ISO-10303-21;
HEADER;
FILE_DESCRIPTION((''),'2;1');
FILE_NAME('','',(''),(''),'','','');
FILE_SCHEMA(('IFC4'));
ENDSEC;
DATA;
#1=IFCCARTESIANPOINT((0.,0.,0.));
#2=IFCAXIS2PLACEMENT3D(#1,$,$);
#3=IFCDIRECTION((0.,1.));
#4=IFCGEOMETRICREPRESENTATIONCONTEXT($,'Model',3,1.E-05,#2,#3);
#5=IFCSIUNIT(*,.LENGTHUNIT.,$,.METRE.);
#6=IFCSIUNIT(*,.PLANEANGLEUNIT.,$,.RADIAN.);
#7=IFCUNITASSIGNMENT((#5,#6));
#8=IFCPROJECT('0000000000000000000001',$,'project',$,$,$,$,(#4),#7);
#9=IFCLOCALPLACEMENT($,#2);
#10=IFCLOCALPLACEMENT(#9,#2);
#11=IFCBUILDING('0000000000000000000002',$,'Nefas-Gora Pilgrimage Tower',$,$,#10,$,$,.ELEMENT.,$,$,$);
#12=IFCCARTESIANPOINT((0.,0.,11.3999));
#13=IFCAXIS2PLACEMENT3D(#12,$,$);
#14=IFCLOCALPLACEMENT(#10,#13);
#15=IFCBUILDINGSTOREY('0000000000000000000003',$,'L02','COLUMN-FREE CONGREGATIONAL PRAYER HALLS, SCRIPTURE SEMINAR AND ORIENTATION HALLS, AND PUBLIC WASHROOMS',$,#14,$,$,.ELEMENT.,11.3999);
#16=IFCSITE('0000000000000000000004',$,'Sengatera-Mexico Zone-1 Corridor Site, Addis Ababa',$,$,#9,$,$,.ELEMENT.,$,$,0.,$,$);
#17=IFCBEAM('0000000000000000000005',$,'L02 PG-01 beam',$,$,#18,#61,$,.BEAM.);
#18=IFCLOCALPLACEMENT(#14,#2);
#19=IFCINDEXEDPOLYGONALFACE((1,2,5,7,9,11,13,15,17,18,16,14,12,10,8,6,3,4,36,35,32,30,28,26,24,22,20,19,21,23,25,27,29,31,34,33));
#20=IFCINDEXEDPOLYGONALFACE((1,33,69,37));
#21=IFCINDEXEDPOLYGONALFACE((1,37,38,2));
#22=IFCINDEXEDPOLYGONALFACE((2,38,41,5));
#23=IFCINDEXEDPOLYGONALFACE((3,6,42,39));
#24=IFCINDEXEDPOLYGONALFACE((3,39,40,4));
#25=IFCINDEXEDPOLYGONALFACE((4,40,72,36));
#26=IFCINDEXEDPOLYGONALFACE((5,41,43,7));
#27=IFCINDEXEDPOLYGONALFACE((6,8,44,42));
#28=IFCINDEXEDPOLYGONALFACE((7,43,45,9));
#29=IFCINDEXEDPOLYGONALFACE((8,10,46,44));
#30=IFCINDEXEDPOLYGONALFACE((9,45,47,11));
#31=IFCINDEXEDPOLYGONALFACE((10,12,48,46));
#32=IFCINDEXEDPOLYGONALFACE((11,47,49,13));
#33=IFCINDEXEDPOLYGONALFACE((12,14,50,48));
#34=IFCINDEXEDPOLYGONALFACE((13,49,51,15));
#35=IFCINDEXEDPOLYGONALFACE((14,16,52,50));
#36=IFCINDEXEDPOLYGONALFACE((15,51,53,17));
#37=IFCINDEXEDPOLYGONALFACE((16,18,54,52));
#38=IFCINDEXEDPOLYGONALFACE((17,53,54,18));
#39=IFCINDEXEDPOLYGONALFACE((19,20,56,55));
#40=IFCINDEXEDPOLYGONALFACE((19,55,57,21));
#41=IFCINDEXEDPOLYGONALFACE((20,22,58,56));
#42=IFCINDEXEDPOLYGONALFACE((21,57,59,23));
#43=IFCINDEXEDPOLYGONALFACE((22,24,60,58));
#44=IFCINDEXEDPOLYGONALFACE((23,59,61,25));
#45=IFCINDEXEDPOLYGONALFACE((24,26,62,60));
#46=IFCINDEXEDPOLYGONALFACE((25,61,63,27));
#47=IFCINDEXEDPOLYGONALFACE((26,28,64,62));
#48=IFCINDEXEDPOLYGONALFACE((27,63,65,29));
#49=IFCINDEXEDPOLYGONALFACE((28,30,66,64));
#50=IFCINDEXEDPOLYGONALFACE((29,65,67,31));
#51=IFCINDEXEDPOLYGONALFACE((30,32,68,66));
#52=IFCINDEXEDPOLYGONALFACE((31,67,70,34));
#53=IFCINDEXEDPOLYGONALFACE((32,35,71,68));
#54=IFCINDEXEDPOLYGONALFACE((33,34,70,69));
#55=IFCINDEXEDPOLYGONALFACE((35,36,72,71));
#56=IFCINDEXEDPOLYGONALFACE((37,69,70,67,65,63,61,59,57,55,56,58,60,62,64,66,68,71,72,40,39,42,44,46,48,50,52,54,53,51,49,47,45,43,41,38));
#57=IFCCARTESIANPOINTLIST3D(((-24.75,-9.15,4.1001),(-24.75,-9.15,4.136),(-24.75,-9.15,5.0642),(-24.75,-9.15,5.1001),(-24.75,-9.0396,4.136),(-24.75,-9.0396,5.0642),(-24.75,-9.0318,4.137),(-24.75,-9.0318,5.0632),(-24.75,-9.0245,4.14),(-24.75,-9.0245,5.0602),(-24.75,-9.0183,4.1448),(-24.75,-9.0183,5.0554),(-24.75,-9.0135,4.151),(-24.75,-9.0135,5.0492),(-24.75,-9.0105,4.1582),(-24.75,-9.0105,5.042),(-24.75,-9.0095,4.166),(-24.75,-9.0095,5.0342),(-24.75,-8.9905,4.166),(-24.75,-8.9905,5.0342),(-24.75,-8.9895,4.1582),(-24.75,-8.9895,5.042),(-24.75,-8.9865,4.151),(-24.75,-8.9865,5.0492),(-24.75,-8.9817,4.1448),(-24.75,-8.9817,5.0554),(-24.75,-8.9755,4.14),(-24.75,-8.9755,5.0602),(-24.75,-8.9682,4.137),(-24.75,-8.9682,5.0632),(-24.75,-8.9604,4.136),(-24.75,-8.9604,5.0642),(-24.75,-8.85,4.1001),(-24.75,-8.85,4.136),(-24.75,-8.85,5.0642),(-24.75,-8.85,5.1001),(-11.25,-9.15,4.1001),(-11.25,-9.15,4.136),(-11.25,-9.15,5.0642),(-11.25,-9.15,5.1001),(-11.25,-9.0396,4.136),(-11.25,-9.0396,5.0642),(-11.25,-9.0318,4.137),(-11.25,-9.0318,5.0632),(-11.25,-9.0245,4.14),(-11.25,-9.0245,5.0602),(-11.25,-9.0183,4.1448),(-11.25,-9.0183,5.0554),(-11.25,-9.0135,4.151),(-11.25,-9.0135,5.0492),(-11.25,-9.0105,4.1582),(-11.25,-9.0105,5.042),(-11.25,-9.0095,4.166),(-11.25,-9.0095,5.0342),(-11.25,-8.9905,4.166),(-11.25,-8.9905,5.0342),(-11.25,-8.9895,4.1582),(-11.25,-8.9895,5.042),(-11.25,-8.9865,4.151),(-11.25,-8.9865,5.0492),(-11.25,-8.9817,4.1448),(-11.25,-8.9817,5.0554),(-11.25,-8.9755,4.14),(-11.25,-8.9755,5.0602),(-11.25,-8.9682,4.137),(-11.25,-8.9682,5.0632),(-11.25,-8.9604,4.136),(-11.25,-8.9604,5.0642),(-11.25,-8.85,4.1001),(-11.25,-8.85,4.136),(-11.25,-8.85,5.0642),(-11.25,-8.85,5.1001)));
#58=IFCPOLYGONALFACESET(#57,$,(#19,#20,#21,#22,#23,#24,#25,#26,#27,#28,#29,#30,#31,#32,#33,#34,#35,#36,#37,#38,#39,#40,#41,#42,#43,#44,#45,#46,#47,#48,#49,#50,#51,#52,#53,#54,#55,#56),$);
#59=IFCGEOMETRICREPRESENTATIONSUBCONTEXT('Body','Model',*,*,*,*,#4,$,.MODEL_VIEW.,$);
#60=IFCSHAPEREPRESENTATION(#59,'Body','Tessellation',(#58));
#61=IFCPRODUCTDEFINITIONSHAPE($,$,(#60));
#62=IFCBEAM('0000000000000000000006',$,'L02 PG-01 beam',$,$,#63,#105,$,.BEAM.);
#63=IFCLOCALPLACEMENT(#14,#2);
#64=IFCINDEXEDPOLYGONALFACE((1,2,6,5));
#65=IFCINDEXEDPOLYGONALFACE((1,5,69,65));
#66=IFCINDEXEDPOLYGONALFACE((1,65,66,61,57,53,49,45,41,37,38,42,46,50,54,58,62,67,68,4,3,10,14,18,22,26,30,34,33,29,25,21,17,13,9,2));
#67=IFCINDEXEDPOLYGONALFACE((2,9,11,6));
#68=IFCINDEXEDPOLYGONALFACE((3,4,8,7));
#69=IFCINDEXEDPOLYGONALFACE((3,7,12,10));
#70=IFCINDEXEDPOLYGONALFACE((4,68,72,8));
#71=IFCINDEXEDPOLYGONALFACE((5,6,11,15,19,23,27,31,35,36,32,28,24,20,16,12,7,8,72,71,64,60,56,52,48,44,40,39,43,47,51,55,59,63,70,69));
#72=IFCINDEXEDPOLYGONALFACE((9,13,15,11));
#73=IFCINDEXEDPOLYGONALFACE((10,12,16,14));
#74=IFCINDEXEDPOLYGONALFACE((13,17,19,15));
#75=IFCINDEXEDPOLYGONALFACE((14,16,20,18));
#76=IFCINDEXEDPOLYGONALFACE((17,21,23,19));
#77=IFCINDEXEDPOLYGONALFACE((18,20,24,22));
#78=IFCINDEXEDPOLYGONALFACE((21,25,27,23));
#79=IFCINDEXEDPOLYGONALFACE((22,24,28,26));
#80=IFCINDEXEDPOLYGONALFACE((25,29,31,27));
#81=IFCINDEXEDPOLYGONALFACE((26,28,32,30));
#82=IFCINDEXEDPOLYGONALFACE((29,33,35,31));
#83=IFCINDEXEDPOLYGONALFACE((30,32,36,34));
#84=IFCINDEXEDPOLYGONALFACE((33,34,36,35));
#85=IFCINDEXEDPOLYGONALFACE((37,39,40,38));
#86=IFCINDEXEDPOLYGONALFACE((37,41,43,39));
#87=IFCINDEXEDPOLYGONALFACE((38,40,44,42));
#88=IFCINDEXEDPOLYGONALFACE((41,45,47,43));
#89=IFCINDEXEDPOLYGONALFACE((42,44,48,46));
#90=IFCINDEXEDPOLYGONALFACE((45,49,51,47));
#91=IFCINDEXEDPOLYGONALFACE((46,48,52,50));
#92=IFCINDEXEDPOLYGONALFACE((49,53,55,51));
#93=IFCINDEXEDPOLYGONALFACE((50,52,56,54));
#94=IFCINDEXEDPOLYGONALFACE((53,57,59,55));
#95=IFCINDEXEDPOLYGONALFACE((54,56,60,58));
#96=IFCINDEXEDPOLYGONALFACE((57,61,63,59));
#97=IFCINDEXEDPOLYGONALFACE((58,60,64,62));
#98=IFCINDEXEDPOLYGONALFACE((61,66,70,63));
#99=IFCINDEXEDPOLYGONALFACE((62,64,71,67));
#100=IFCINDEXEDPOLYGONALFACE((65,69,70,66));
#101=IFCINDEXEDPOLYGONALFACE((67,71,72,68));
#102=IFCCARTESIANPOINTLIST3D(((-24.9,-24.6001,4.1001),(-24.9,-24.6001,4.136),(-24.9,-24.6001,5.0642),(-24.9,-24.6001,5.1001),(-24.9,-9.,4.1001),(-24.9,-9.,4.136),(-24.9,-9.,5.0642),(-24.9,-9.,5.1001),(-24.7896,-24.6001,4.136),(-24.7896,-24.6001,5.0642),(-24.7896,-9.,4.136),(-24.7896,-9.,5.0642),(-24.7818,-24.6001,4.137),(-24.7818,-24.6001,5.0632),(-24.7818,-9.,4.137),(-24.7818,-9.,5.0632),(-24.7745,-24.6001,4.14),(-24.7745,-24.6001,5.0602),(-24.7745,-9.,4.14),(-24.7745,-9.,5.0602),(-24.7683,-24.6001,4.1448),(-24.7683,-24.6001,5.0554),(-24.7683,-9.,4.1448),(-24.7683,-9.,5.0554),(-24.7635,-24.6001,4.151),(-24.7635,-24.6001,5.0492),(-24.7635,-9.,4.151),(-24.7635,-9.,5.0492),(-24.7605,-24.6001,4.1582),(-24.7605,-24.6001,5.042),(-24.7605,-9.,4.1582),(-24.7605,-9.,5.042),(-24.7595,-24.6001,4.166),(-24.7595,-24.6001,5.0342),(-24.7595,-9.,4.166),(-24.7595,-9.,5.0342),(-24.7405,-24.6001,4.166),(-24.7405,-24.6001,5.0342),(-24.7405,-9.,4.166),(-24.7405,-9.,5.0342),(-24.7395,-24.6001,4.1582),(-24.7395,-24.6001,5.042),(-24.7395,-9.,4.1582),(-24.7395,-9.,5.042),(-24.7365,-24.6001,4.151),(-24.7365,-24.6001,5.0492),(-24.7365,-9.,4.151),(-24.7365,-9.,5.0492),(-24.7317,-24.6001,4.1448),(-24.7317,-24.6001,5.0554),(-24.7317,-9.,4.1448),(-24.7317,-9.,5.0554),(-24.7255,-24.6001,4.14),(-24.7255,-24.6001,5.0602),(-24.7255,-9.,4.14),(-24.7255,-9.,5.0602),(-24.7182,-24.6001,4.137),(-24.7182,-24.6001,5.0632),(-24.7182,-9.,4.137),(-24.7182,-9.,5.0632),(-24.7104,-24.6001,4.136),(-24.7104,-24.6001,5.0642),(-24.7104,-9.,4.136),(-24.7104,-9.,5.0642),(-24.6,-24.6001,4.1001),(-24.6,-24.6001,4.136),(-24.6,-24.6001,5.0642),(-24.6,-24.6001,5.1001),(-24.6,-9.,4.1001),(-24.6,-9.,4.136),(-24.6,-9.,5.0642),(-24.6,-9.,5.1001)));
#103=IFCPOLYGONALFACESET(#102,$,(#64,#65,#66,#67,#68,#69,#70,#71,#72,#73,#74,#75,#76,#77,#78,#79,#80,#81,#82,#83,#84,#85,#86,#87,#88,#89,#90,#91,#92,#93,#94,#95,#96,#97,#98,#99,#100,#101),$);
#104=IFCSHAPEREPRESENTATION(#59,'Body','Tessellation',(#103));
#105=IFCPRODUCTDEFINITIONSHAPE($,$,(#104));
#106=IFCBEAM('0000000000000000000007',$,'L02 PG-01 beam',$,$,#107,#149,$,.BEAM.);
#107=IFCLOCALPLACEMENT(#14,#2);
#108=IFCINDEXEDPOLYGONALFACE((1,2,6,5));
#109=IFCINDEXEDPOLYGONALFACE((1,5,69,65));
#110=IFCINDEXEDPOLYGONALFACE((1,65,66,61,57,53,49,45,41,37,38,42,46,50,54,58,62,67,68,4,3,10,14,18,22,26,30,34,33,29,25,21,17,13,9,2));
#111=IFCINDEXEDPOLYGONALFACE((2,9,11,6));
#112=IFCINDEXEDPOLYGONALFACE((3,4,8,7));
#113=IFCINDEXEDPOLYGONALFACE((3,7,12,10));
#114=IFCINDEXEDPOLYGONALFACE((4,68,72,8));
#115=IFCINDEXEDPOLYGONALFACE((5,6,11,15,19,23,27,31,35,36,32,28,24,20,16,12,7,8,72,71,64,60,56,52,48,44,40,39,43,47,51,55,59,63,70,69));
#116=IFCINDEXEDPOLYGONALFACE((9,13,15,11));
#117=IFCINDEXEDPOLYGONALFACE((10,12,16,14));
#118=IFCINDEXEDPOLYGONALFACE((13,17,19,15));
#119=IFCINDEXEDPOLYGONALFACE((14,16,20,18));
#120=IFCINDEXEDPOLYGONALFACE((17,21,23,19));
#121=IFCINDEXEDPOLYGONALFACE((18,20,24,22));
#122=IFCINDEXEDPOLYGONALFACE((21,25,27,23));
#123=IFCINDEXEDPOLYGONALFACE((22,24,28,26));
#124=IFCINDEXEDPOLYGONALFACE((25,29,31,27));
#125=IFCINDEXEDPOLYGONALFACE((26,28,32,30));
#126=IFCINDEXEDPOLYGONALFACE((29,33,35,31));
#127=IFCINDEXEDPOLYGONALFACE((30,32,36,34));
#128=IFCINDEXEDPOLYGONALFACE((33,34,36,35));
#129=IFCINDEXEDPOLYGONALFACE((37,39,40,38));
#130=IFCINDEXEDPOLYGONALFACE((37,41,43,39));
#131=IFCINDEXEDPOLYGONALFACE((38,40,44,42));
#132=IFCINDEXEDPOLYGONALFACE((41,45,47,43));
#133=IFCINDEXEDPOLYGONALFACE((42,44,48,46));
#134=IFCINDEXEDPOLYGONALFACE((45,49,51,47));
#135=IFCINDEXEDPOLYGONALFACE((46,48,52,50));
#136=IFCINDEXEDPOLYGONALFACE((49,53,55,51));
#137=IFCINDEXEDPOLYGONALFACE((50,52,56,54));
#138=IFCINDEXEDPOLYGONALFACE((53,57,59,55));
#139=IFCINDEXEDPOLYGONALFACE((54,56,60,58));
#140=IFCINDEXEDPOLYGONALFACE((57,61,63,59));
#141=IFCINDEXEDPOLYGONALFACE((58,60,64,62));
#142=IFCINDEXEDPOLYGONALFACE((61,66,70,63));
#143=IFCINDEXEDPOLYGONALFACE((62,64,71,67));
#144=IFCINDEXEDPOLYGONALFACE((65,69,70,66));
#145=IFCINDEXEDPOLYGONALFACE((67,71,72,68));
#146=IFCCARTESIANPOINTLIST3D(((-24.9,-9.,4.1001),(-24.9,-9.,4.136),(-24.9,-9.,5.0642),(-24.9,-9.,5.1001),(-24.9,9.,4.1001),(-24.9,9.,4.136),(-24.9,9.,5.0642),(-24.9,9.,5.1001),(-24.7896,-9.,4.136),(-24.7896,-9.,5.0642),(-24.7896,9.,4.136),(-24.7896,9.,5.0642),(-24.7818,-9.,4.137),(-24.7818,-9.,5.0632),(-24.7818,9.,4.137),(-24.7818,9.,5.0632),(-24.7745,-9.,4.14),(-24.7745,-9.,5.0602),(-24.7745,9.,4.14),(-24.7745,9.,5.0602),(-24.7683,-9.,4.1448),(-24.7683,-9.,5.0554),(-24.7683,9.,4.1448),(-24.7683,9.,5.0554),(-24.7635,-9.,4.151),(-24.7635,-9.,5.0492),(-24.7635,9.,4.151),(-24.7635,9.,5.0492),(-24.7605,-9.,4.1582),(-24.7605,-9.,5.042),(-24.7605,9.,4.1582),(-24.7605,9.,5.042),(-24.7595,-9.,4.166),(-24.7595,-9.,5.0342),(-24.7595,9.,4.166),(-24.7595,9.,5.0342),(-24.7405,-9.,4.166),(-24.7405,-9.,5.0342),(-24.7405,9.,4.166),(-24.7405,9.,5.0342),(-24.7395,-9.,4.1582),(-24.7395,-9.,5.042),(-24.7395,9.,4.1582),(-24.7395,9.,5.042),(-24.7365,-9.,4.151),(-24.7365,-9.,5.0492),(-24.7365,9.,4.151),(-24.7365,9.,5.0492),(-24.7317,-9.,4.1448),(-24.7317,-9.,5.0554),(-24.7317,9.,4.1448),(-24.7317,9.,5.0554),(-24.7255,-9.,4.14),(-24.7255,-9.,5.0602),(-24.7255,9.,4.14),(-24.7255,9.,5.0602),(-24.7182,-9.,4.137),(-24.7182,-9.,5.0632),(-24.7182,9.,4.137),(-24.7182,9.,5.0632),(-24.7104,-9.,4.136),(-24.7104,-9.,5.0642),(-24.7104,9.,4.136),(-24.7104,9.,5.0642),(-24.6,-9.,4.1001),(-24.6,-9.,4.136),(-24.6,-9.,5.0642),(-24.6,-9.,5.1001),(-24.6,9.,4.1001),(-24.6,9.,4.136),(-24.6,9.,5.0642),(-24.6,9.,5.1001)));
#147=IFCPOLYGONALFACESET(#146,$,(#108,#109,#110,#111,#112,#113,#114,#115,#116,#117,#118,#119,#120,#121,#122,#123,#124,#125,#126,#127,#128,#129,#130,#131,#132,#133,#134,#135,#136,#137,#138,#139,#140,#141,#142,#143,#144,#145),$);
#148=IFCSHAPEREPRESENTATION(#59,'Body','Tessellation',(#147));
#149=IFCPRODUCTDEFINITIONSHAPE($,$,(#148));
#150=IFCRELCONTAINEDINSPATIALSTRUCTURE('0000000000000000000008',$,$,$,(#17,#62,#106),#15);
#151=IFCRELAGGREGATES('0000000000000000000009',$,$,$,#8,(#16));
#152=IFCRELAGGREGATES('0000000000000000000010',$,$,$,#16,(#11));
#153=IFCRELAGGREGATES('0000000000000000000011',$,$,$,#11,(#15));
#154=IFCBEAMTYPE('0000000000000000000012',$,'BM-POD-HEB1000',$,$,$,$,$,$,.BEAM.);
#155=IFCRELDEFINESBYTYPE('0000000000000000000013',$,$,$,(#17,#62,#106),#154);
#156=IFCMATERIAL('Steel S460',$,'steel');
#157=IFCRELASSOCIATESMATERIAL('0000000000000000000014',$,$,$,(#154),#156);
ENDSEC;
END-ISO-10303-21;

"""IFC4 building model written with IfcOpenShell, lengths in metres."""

from ifc_helpers import new_model, si_unit, direction, frame, origin, origin_2d, place, context, subcontext, project, spatial, i_section, extrude, source, transform, mapped, material, material_profile, profile_set, type_object, element, save


model = new_model("IFC4")

# Units and contexts
model_context = context("Model", 3, precision=1e-05, world=origin(), true_north=direction((0.0, 1.0)))
body_context = subcontext(model_context, "Body", "Model", "MODEL_VIEW")
ifc_project = project(units=[si_unit("LENGTHUNIT", "METRE"), si_unit("PLANEANGLEUNIT", "RADIAN")], contexts=[model_context])

# Site, building, storey
site_placement = place(None, origin())
site = spatial("IfcSite", under=ifc_project, at=site_placement, Name="Sengatera-Mexico Zone-1 Corridor Site, Addis Ababa", CompositionType="ELEMENT", RefElevation=0.0)
building_placement = place(site_placement, origin())
building = spatial("IfcBuilding", under=site, at=building_placement, Name="Nefas-Gora Pilgrimage Tower", CompositionType="ELEMENT")
storey_placement = place(building_placement, frame((0.0, 0.0, 11.3999)))
storey = spatial("IfcBuildingStorey", under=building, at=storey_placement, Name="L02", Description="COLUMN-FREE CONGREGATIONAL PRAYER HALLS, SCRIPTURE SEMINAR AND ORIENTATION HALLS, AND PUBLIC WASHROOMS", CompositionType="ELEMENT", Elevation=11.3999)

# Shared definitions
ifc_material_1 = material(Name="Steel S460", Category="steel")

# Beams
ifc_material_profile_1 = material_profile(ifc_material_1, i_section(OverallWidth=0.3, OverallDepth=1.0, WebThickness=0.019, FlangeThickness=0.0359, FilletRadius=0.03, at=origin_2d()), Name="HEB 1000")
ifc_profile_set_1 = profile_set([ifc_material_profile_1], Name="Steel S460")
beam_type_1 = type_object("IfcBeamType", Name="BM-POD-HEB1000", PredefinedType="BEAM", material=ifc_profile_set_1)
shared_shape_1 = source(origin(), body_context, "Body", "SweptSolid", [
    extrude(i_section(OverallWidth=0.3, OverallDepth=1.0, WebThickness=0.019, FlangeThickness=0.0359, FilletRadius=0.03, at=origin_2d()), origin(), (0.0, 0.0, 1.0), 13.5),
])
beam_1_placement = place(storey_placement, frame((-24.75, -9.0, 4.6001), z_axis=(1.0, 0.0, 0.0), x_axis=(0.0, 1.0, 0.0)))
element("IfcBeam", 1, at=beam_1_placement, inside=storey, type_object=beam_type_1, Name="L02 PG-01 beam", PredefinedType="BEAM", context=body_context, shape_type="MappedRepresentation", body=[
    mapped(shared_shape_1, transform((0.0, 0.0, 0.0), x_axis=(1.0, 0.0, 0.0), y_axis=(0.0, 1.0, 0.0), z_axis=(0.0, 0.0, 1.0), scale=1.0)),
])
shared_shape_2 = source(origin(), body_context, "Body", "SweptSolid", [
    extrude(i_section(OverallWidth=0.3, OverallDepth=1.0, WebThickness=0.019, FlangeThickness=0.0359, FilletRadius=0.03, at=origin_2d()), origin(), (0.0, 0.0, 1.0), 15.6001),
])
beam_2_placement = place(storey_placement, frame((-24.75, -24.6001, 4.6001), z_axis=(0.0, 1.0, 0.0), x_axis=(-1.0, 0.0, 0.0)))
element("IfcBeam", 2, at=beam_2_placement, inside=storey, type_object=beam_type_1, Name="L02 PG-01 beam", PredefinedType="BEAM", context=body_context, shape_type="MappedRepresentation", body=[
    mapped(shared_shape_2, transform((0.0, 0.0, 0.0), x_axis=(1.0, 0.0, 0.0), y_axis=(0.0, 1.0, 0.0), z_axis=(0.0, 0.0, 1.0), scale=1.0)),
])
shared_shape_3 = source(origin(), body_context, "Body", "SweptSolid", [
    extrude(i_section(OverallWidth=0.3, OverallDepth=1.0, WebThickness=0.019, FlangeThickness=0.0359, FilletRadius=0.03, at=origin_2d()), origin(), (0.0, 0.0, 1.0), 18.0),
])
beam_3_placement = place(storey_placement, frame((-24.75, -9.0, 4.6001), z_axis=(0.0, 1.0, 0.0), x_axis=(-1.0, 0.0, 0.0)))
element("IfcBeam", 3, at=beam_3_placement, inside=storey, type_object=beam_type_1, Name="L02 PG-01 beam", PredefinedType="BEAM", context=body_context, shape_type="MappedRepresentation", body=[
    mapped(shared_shape_3, transform((0.0, 0.0, 0.0), x_axis=(1.0, 0.0, 0.0), y_axis=(0.0, 1.0, 0.0), z_axis=(0.0, 0.0, 1.0), scale=1.0)),
])

save(model, "model.ifc")
